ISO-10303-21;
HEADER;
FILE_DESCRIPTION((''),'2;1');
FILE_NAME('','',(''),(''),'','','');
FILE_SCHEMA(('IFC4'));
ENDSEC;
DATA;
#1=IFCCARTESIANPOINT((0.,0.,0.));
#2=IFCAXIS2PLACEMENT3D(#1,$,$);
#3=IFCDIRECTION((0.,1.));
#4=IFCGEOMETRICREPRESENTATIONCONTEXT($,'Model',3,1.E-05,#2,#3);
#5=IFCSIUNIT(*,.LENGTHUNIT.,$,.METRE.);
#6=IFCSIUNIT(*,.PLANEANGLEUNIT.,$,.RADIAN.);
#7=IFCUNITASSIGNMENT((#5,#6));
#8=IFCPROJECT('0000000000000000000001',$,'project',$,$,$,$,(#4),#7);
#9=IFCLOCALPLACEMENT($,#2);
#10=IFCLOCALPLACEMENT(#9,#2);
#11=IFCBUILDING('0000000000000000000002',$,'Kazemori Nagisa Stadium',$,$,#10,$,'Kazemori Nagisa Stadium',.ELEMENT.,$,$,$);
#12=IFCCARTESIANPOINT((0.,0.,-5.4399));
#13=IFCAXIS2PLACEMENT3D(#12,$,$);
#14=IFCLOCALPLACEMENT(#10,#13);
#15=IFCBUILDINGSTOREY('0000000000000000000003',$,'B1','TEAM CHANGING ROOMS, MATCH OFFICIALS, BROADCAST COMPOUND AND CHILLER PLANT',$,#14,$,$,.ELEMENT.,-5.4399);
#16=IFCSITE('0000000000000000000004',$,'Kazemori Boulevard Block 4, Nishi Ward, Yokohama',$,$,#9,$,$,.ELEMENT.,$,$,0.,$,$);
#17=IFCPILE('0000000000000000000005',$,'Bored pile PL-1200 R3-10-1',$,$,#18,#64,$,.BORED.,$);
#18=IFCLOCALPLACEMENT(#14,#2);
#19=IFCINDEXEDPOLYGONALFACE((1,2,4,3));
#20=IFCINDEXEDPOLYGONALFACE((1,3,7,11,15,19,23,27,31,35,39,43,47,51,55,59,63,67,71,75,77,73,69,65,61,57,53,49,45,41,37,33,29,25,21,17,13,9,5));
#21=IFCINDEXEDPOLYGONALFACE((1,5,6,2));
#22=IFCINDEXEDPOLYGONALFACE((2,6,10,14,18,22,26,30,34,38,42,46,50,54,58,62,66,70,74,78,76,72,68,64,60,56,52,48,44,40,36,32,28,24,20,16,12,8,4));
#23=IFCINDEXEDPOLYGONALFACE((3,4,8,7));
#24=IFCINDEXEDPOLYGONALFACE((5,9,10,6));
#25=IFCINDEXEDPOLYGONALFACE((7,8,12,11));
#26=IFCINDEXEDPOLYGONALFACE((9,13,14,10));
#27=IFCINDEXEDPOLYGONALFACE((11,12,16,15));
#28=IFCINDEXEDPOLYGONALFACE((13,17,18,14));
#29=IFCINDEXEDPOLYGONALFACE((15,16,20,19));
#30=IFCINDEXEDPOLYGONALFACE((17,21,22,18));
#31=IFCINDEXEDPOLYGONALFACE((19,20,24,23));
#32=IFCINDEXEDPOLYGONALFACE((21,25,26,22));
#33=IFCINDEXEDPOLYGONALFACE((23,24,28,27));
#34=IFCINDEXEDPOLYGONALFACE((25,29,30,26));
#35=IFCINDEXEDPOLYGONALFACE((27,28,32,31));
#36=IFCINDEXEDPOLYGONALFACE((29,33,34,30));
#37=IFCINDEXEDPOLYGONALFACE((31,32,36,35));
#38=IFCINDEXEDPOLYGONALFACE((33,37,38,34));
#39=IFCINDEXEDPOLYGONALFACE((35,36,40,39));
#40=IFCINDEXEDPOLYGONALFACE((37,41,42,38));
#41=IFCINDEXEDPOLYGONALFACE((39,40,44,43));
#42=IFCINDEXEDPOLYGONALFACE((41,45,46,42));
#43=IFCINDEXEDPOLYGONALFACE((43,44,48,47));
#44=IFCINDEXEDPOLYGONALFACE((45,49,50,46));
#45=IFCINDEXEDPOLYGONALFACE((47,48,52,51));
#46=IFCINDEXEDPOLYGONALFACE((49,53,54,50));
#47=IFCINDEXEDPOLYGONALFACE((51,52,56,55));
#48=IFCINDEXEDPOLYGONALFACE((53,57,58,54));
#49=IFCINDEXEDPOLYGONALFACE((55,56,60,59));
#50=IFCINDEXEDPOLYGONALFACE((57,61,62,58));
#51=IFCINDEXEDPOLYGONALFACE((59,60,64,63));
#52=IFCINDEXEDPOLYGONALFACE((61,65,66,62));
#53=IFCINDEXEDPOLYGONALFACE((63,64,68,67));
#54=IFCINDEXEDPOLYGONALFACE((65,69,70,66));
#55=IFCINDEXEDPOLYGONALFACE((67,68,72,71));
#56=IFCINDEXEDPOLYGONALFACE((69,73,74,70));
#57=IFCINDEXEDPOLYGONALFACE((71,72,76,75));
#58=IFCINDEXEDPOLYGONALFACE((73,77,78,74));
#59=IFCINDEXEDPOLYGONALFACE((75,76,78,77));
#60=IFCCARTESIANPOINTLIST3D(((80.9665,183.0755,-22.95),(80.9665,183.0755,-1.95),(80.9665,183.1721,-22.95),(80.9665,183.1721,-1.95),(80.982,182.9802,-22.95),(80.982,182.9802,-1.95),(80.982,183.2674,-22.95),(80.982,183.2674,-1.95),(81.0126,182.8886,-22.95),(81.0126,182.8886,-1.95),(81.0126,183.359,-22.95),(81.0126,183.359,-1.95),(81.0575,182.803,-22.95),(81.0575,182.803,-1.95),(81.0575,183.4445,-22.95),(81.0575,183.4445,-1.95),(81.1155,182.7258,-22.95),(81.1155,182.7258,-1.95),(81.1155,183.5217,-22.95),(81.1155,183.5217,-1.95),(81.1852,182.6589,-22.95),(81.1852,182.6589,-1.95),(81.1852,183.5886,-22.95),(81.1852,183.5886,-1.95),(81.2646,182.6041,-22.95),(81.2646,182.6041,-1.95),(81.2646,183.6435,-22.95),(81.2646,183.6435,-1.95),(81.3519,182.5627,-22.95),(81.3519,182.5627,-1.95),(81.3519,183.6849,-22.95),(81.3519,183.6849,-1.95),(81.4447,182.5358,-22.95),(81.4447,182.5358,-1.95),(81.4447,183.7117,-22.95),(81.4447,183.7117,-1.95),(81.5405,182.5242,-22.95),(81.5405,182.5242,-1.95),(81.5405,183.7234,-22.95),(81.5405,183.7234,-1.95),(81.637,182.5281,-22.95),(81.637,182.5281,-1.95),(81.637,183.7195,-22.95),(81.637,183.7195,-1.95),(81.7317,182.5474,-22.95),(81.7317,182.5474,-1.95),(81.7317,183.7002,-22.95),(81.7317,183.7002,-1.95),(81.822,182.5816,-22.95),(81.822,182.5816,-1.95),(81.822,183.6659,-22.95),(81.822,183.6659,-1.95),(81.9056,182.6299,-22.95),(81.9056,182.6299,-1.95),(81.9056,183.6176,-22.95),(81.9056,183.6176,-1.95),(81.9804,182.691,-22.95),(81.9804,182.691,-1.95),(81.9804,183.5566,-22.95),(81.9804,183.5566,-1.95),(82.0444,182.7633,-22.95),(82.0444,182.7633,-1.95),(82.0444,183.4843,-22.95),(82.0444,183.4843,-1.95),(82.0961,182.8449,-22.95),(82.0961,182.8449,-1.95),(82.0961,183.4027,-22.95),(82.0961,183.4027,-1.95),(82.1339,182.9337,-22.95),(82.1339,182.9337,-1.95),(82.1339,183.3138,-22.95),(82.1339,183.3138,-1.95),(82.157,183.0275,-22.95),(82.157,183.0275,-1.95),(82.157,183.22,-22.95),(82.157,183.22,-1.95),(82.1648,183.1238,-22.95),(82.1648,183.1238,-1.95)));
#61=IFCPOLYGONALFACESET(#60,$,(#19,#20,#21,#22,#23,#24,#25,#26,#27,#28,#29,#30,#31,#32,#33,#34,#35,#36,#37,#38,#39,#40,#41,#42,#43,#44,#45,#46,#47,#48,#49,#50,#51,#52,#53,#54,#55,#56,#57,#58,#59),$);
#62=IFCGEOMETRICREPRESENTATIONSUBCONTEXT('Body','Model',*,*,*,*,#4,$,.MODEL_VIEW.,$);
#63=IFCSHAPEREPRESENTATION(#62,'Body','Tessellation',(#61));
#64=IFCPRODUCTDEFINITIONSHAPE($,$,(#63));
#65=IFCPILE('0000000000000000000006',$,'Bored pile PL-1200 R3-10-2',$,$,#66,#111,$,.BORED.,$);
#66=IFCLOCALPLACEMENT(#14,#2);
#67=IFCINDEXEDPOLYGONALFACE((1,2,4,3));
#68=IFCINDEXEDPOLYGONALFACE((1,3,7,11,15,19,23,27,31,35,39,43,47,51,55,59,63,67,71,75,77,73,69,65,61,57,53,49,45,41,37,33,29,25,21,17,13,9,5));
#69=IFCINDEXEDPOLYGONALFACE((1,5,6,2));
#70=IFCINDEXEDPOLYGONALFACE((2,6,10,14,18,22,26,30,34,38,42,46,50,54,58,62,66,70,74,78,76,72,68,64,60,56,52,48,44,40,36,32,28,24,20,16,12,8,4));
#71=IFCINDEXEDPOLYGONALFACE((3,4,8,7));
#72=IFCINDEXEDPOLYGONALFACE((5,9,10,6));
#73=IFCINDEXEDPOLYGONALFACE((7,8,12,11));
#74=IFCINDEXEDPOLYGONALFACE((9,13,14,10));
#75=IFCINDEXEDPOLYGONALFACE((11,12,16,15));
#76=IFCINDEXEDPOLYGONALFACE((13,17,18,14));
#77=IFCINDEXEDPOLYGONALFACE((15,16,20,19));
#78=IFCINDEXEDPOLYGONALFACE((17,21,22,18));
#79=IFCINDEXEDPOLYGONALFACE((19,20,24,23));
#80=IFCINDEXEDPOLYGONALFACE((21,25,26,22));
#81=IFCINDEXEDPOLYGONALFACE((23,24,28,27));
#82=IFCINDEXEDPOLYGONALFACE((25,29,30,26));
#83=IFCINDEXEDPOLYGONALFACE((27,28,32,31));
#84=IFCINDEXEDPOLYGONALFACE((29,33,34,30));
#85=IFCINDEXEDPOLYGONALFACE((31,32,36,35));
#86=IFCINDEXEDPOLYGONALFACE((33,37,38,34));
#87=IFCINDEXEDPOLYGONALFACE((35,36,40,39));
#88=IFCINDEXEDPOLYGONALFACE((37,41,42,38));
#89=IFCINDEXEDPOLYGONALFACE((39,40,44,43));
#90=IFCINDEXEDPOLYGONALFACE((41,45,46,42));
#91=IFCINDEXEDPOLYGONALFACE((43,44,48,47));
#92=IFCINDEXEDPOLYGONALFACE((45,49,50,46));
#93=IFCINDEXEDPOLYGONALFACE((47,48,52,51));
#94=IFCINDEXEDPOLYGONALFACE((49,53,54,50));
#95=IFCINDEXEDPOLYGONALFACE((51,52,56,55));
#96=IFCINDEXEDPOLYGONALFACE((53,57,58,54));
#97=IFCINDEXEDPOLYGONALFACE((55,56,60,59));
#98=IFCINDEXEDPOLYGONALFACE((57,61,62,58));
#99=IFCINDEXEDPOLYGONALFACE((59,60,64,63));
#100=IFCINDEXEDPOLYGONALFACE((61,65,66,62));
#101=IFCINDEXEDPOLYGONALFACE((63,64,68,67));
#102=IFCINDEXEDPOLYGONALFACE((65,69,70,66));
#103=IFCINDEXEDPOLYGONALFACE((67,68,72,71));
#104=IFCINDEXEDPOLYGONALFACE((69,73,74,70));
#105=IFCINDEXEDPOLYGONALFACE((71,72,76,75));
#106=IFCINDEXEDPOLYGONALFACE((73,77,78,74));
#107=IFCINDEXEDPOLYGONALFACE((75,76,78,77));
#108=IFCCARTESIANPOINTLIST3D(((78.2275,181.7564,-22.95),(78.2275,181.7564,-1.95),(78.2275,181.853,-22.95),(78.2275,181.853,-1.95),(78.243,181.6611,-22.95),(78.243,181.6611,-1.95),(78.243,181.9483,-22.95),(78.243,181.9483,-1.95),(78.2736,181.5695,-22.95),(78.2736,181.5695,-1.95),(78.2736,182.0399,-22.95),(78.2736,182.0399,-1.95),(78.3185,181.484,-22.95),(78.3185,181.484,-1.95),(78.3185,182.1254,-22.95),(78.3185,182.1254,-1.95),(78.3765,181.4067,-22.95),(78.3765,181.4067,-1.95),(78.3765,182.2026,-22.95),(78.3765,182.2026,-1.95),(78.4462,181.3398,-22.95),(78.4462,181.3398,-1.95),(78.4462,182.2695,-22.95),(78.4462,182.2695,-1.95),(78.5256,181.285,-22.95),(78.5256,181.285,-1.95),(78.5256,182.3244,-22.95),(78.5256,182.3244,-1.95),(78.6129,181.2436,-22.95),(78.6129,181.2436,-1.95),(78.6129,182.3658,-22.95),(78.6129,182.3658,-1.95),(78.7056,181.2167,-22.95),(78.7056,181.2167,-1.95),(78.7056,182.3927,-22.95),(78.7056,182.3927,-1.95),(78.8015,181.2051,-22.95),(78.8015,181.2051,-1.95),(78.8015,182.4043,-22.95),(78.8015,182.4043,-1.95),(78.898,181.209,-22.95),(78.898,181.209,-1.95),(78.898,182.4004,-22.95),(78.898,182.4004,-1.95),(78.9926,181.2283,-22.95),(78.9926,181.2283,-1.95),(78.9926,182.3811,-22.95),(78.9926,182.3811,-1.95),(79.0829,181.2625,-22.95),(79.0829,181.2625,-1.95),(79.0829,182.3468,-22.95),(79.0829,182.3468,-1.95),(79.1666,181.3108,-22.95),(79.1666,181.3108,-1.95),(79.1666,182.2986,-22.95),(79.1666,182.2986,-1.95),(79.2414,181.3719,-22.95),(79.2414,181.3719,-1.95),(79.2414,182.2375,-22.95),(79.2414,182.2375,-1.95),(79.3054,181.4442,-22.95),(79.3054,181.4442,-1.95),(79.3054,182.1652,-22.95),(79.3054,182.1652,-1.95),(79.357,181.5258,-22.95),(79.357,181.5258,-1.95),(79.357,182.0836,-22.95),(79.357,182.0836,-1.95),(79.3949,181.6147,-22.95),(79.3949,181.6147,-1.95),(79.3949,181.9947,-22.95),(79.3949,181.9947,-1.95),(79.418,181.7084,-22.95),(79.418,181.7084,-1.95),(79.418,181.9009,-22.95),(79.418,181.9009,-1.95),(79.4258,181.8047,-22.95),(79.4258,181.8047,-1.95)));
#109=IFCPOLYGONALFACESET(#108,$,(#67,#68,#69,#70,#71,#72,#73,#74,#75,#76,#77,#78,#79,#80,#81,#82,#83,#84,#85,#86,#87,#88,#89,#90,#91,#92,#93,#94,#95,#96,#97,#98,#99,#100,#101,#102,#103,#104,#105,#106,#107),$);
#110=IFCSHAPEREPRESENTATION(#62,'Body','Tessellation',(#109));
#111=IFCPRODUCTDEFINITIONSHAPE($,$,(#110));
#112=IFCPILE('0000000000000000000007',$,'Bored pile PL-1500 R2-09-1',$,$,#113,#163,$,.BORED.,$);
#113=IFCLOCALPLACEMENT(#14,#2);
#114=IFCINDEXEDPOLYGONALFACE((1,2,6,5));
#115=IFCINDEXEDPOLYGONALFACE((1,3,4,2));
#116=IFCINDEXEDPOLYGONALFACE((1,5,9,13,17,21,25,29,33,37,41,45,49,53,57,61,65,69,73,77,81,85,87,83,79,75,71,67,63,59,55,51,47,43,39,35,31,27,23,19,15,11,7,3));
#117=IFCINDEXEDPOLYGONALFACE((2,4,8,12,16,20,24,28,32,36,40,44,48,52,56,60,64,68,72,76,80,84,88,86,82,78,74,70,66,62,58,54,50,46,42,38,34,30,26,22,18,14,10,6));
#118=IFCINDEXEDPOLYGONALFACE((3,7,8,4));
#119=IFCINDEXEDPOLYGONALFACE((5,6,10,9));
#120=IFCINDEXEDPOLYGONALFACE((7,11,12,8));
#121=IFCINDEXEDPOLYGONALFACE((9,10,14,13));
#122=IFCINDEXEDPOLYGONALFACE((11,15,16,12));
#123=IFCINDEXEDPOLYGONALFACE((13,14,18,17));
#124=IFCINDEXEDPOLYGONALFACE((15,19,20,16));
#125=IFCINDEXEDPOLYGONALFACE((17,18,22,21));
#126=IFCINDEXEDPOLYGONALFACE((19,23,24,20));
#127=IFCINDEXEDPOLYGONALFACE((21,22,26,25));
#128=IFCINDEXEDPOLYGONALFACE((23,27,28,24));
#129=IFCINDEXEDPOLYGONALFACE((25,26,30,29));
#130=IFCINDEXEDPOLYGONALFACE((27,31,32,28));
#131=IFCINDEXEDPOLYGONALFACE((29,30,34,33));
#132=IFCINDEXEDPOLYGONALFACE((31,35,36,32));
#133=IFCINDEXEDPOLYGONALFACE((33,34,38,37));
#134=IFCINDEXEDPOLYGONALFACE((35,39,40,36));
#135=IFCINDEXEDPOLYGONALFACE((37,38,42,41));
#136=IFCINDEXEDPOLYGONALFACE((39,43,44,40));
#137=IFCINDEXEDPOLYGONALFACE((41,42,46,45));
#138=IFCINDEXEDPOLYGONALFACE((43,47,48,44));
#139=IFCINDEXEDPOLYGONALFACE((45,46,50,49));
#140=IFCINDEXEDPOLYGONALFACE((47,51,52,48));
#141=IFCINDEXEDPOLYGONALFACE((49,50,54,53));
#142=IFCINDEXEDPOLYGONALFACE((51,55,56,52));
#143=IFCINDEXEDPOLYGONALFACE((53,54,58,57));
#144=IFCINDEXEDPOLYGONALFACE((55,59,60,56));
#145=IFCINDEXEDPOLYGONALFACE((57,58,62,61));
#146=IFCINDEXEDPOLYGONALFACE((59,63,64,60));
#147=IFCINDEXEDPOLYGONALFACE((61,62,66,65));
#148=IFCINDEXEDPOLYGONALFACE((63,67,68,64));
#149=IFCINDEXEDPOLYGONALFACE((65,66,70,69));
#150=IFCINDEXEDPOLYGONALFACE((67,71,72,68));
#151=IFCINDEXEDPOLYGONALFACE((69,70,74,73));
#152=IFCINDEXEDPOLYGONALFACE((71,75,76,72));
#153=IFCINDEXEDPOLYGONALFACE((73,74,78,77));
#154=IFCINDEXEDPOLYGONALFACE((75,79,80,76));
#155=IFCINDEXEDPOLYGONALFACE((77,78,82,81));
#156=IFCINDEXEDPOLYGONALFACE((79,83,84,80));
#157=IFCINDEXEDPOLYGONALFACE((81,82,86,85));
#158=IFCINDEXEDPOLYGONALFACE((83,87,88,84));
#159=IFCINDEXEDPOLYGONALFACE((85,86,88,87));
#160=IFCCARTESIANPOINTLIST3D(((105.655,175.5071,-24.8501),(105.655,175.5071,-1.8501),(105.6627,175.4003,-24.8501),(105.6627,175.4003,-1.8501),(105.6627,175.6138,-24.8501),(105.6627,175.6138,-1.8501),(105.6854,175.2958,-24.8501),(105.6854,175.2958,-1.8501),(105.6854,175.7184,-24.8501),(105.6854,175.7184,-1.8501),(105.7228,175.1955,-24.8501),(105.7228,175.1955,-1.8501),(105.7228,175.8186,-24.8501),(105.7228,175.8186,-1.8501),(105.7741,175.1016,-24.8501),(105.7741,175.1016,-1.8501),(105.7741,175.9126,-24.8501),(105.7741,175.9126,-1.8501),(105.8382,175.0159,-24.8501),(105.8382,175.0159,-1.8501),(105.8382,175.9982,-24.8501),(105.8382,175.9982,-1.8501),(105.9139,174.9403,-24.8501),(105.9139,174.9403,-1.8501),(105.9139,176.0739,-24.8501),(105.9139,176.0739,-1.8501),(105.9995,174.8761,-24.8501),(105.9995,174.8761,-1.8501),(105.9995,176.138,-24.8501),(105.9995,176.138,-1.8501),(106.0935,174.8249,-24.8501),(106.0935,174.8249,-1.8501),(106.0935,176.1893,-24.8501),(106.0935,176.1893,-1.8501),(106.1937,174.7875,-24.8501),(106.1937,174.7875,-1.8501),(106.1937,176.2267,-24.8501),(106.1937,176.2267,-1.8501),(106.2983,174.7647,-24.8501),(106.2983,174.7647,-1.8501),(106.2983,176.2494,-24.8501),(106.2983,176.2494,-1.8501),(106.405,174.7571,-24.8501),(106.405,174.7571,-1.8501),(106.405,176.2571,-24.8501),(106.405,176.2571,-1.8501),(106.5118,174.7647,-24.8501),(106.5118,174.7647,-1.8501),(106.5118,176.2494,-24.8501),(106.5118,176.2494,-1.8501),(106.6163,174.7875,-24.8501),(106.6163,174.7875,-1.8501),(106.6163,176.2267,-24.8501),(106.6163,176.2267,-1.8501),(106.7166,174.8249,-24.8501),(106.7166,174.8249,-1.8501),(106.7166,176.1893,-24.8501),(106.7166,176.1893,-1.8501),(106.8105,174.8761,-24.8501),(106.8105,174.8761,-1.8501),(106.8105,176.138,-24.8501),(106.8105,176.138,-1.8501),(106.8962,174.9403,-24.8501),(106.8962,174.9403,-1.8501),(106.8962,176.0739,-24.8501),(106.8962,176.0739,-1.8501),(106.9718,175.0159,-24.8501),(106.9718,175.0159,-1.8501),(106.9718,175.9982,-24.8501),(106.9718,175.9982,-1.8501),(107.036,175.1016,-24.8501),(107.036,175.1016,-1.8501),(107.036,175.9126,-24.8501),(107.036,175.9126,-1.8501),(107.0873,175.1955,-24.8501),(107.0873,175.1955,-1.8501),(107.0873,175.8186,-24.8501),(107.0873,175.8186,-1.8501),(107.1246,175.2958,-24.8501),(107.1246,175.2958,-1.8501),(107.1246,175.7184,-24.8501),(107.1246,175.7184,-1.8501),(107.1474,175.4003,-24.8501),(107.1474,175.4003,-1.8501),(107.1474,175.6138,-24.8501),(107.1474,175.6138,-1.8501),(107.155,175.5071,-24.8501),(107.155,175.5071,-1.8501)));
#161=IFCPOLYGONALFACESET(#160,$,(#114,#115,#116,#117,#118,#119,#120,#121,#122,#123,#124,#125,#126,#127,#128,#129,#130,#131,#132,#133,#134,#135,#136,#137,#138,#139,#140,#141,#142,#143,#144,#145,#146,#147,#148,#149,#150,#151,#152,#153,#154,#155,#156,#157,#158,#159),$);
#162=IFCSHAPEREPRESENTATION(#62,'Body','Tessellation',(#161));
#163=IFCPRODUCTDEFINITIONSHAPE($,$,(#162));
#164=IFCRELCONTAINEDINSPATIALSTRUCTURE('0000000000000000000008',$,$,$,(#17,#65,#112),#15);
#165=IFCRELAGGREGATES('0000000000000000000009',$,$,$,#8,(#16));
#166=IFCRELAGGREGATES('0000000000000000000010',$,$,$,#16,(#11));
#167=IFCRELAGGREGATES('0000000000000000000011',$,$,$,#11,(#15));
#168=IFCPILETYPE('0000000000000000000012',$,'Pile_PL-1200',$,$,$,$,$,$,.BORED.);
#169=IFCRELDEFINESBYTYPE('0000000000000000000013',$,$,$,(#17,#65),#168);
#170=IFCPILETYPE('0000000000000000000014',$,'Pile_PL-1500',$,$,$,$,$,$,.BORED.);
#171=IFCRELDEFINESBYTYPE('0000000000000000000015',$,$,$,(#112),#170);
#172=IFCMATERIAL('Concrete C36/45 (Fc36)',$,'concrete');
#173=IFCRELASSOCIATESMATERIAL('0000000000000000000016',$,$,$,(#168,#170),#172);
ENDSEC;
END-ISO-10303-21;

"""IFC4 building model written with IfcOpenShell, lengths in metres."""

from ifc_helpers import new_model, si_unit, direction, frame, origin, origin_2d, place, context, subcontext, project, spatial, circle, extrude, material, material_profile, profile_set, type_object, element, save


model = new_model("IFC4")

# Units and contexts
model_context = context("Model", 3, precision=1e-05, world=origin(), true_north=direction((0.0, 1.0)))
body_context = subcontext(model_context, "Body", "Model", "MODEL_VIEW")
ifc_project = project(units=[si_unit("LENGTHUNIT", "METRE"), si_unit("PLANEANGLEUNIT", "RADIAN")], contexts=[model_context])

# Site, building, storey
site_placement = place(None, origin())
site = spatial("IfcSite", under=ifc_project, at=site_placement, Name="Kazemori Boulevard Block 4, Nishi Ward, Yokohama", CompositionType="ELEMENT", RefElevation=0.0)
building_placement = place(site_placement, origin())
building = spatial("IfcBuilding", under=site, at=building_placement, Name="Kazemori Nagisa Stadium", LongName="Kazemori Nagisa Stadium", CompositionType="ELEMENT")
storey_placement = place(building_placement, frame((0.0, 0.0, -5.4399)))
storey = spatial("IfcBuildingStorey", under=building, at=storey_placement, Name="B1", Description="TEAM CHANGING ROOMS, MATCH OFFICIALS, BROADCAST COMPOUND AND CHILLER PLANT", CompositionType="ELEMENT", Elevation=-5.4399)

# Piles
ifc_material_1 = material(Name="Concrete C36/45 (Fc36)", Category="concrete")
ifc_material_profile_1 = material_profile(ifc_material_1, circle(Radius=0.6001, at=origin_2d()), Name="PILE-D1200")
ifc_profile_set_1 = profile_set([ifc_material_profile_1], Name="Concrete C36/45 (Fc36)")
pile_type_1 = type_object("IfcPileType", Name="Pile_PL-1200", PredefinedType="BORED", material=ifc_profile_set_1)
for number, where, z_axis, x_axis, name in (
    (1, (81.5647, 183.1238, -1.95), (0.0, 0.0, -1.0), (1.0, 0.0, 0.0), "Bored pile PL-1200 R3-10-1"),
    (2, (78.8257, 181.8047, -1.95), (0.0, 0.0, -1.0), (1.0, 0.0, 0.0), "Bored pile PL-1200 R3-10-2"),
):
    element("IfcPile", number, at=place(storey_placement, frame(where, z_axis=z_axis, x_axis=x_axis)), inside=storey, type_object=pile_type_1, Name=name, PredefinedType="BORED", context=body_context, shape_type="SweptSolid", body=[
        extrude(circle(Radius=0.6001, at=origin_2d()), origin(), (0.0, 0.0, 1.0), 21.0),
    ])
ifc_material_profile_2 = material_profile(ifc_material_1, circle(Radius=0.75, at=origin_2d()), Name="PILE-D1500")
ifc_profile_set_2 = profile_set([ifc_material_profile_2], Name="Concrete C36/45 (Fc36)")
pile_type_2 = type_object("IfcPileType", Name="Pile_PL-1500", PredefinedType="BORED", material=ifc_profile_set_2)
for number, where, z_axis, x_axis, name in (
    (3, (106.405, 175.5071, -1.8501), (0.0, 0.0, -1.0), (1.0, 0.0, 0.0), "Bored pile PL-1500 R2-09-1"),
):
    element("IfcPile", number, at=place(storey_placement, frame(where, z_axis=z_axis, x_axis=x_axis)), inside=storey, type_object=pile_type_2, Name=name, PredefinedType="BORED", context=body_context, shape_type="SweptSolid", body=[
        extrude(circle(Radius=0.75, at=origin_2d()), origin(), (0.0, 0.0, 1.0), 23.0),
    ])

save(model, "model.ifc")
